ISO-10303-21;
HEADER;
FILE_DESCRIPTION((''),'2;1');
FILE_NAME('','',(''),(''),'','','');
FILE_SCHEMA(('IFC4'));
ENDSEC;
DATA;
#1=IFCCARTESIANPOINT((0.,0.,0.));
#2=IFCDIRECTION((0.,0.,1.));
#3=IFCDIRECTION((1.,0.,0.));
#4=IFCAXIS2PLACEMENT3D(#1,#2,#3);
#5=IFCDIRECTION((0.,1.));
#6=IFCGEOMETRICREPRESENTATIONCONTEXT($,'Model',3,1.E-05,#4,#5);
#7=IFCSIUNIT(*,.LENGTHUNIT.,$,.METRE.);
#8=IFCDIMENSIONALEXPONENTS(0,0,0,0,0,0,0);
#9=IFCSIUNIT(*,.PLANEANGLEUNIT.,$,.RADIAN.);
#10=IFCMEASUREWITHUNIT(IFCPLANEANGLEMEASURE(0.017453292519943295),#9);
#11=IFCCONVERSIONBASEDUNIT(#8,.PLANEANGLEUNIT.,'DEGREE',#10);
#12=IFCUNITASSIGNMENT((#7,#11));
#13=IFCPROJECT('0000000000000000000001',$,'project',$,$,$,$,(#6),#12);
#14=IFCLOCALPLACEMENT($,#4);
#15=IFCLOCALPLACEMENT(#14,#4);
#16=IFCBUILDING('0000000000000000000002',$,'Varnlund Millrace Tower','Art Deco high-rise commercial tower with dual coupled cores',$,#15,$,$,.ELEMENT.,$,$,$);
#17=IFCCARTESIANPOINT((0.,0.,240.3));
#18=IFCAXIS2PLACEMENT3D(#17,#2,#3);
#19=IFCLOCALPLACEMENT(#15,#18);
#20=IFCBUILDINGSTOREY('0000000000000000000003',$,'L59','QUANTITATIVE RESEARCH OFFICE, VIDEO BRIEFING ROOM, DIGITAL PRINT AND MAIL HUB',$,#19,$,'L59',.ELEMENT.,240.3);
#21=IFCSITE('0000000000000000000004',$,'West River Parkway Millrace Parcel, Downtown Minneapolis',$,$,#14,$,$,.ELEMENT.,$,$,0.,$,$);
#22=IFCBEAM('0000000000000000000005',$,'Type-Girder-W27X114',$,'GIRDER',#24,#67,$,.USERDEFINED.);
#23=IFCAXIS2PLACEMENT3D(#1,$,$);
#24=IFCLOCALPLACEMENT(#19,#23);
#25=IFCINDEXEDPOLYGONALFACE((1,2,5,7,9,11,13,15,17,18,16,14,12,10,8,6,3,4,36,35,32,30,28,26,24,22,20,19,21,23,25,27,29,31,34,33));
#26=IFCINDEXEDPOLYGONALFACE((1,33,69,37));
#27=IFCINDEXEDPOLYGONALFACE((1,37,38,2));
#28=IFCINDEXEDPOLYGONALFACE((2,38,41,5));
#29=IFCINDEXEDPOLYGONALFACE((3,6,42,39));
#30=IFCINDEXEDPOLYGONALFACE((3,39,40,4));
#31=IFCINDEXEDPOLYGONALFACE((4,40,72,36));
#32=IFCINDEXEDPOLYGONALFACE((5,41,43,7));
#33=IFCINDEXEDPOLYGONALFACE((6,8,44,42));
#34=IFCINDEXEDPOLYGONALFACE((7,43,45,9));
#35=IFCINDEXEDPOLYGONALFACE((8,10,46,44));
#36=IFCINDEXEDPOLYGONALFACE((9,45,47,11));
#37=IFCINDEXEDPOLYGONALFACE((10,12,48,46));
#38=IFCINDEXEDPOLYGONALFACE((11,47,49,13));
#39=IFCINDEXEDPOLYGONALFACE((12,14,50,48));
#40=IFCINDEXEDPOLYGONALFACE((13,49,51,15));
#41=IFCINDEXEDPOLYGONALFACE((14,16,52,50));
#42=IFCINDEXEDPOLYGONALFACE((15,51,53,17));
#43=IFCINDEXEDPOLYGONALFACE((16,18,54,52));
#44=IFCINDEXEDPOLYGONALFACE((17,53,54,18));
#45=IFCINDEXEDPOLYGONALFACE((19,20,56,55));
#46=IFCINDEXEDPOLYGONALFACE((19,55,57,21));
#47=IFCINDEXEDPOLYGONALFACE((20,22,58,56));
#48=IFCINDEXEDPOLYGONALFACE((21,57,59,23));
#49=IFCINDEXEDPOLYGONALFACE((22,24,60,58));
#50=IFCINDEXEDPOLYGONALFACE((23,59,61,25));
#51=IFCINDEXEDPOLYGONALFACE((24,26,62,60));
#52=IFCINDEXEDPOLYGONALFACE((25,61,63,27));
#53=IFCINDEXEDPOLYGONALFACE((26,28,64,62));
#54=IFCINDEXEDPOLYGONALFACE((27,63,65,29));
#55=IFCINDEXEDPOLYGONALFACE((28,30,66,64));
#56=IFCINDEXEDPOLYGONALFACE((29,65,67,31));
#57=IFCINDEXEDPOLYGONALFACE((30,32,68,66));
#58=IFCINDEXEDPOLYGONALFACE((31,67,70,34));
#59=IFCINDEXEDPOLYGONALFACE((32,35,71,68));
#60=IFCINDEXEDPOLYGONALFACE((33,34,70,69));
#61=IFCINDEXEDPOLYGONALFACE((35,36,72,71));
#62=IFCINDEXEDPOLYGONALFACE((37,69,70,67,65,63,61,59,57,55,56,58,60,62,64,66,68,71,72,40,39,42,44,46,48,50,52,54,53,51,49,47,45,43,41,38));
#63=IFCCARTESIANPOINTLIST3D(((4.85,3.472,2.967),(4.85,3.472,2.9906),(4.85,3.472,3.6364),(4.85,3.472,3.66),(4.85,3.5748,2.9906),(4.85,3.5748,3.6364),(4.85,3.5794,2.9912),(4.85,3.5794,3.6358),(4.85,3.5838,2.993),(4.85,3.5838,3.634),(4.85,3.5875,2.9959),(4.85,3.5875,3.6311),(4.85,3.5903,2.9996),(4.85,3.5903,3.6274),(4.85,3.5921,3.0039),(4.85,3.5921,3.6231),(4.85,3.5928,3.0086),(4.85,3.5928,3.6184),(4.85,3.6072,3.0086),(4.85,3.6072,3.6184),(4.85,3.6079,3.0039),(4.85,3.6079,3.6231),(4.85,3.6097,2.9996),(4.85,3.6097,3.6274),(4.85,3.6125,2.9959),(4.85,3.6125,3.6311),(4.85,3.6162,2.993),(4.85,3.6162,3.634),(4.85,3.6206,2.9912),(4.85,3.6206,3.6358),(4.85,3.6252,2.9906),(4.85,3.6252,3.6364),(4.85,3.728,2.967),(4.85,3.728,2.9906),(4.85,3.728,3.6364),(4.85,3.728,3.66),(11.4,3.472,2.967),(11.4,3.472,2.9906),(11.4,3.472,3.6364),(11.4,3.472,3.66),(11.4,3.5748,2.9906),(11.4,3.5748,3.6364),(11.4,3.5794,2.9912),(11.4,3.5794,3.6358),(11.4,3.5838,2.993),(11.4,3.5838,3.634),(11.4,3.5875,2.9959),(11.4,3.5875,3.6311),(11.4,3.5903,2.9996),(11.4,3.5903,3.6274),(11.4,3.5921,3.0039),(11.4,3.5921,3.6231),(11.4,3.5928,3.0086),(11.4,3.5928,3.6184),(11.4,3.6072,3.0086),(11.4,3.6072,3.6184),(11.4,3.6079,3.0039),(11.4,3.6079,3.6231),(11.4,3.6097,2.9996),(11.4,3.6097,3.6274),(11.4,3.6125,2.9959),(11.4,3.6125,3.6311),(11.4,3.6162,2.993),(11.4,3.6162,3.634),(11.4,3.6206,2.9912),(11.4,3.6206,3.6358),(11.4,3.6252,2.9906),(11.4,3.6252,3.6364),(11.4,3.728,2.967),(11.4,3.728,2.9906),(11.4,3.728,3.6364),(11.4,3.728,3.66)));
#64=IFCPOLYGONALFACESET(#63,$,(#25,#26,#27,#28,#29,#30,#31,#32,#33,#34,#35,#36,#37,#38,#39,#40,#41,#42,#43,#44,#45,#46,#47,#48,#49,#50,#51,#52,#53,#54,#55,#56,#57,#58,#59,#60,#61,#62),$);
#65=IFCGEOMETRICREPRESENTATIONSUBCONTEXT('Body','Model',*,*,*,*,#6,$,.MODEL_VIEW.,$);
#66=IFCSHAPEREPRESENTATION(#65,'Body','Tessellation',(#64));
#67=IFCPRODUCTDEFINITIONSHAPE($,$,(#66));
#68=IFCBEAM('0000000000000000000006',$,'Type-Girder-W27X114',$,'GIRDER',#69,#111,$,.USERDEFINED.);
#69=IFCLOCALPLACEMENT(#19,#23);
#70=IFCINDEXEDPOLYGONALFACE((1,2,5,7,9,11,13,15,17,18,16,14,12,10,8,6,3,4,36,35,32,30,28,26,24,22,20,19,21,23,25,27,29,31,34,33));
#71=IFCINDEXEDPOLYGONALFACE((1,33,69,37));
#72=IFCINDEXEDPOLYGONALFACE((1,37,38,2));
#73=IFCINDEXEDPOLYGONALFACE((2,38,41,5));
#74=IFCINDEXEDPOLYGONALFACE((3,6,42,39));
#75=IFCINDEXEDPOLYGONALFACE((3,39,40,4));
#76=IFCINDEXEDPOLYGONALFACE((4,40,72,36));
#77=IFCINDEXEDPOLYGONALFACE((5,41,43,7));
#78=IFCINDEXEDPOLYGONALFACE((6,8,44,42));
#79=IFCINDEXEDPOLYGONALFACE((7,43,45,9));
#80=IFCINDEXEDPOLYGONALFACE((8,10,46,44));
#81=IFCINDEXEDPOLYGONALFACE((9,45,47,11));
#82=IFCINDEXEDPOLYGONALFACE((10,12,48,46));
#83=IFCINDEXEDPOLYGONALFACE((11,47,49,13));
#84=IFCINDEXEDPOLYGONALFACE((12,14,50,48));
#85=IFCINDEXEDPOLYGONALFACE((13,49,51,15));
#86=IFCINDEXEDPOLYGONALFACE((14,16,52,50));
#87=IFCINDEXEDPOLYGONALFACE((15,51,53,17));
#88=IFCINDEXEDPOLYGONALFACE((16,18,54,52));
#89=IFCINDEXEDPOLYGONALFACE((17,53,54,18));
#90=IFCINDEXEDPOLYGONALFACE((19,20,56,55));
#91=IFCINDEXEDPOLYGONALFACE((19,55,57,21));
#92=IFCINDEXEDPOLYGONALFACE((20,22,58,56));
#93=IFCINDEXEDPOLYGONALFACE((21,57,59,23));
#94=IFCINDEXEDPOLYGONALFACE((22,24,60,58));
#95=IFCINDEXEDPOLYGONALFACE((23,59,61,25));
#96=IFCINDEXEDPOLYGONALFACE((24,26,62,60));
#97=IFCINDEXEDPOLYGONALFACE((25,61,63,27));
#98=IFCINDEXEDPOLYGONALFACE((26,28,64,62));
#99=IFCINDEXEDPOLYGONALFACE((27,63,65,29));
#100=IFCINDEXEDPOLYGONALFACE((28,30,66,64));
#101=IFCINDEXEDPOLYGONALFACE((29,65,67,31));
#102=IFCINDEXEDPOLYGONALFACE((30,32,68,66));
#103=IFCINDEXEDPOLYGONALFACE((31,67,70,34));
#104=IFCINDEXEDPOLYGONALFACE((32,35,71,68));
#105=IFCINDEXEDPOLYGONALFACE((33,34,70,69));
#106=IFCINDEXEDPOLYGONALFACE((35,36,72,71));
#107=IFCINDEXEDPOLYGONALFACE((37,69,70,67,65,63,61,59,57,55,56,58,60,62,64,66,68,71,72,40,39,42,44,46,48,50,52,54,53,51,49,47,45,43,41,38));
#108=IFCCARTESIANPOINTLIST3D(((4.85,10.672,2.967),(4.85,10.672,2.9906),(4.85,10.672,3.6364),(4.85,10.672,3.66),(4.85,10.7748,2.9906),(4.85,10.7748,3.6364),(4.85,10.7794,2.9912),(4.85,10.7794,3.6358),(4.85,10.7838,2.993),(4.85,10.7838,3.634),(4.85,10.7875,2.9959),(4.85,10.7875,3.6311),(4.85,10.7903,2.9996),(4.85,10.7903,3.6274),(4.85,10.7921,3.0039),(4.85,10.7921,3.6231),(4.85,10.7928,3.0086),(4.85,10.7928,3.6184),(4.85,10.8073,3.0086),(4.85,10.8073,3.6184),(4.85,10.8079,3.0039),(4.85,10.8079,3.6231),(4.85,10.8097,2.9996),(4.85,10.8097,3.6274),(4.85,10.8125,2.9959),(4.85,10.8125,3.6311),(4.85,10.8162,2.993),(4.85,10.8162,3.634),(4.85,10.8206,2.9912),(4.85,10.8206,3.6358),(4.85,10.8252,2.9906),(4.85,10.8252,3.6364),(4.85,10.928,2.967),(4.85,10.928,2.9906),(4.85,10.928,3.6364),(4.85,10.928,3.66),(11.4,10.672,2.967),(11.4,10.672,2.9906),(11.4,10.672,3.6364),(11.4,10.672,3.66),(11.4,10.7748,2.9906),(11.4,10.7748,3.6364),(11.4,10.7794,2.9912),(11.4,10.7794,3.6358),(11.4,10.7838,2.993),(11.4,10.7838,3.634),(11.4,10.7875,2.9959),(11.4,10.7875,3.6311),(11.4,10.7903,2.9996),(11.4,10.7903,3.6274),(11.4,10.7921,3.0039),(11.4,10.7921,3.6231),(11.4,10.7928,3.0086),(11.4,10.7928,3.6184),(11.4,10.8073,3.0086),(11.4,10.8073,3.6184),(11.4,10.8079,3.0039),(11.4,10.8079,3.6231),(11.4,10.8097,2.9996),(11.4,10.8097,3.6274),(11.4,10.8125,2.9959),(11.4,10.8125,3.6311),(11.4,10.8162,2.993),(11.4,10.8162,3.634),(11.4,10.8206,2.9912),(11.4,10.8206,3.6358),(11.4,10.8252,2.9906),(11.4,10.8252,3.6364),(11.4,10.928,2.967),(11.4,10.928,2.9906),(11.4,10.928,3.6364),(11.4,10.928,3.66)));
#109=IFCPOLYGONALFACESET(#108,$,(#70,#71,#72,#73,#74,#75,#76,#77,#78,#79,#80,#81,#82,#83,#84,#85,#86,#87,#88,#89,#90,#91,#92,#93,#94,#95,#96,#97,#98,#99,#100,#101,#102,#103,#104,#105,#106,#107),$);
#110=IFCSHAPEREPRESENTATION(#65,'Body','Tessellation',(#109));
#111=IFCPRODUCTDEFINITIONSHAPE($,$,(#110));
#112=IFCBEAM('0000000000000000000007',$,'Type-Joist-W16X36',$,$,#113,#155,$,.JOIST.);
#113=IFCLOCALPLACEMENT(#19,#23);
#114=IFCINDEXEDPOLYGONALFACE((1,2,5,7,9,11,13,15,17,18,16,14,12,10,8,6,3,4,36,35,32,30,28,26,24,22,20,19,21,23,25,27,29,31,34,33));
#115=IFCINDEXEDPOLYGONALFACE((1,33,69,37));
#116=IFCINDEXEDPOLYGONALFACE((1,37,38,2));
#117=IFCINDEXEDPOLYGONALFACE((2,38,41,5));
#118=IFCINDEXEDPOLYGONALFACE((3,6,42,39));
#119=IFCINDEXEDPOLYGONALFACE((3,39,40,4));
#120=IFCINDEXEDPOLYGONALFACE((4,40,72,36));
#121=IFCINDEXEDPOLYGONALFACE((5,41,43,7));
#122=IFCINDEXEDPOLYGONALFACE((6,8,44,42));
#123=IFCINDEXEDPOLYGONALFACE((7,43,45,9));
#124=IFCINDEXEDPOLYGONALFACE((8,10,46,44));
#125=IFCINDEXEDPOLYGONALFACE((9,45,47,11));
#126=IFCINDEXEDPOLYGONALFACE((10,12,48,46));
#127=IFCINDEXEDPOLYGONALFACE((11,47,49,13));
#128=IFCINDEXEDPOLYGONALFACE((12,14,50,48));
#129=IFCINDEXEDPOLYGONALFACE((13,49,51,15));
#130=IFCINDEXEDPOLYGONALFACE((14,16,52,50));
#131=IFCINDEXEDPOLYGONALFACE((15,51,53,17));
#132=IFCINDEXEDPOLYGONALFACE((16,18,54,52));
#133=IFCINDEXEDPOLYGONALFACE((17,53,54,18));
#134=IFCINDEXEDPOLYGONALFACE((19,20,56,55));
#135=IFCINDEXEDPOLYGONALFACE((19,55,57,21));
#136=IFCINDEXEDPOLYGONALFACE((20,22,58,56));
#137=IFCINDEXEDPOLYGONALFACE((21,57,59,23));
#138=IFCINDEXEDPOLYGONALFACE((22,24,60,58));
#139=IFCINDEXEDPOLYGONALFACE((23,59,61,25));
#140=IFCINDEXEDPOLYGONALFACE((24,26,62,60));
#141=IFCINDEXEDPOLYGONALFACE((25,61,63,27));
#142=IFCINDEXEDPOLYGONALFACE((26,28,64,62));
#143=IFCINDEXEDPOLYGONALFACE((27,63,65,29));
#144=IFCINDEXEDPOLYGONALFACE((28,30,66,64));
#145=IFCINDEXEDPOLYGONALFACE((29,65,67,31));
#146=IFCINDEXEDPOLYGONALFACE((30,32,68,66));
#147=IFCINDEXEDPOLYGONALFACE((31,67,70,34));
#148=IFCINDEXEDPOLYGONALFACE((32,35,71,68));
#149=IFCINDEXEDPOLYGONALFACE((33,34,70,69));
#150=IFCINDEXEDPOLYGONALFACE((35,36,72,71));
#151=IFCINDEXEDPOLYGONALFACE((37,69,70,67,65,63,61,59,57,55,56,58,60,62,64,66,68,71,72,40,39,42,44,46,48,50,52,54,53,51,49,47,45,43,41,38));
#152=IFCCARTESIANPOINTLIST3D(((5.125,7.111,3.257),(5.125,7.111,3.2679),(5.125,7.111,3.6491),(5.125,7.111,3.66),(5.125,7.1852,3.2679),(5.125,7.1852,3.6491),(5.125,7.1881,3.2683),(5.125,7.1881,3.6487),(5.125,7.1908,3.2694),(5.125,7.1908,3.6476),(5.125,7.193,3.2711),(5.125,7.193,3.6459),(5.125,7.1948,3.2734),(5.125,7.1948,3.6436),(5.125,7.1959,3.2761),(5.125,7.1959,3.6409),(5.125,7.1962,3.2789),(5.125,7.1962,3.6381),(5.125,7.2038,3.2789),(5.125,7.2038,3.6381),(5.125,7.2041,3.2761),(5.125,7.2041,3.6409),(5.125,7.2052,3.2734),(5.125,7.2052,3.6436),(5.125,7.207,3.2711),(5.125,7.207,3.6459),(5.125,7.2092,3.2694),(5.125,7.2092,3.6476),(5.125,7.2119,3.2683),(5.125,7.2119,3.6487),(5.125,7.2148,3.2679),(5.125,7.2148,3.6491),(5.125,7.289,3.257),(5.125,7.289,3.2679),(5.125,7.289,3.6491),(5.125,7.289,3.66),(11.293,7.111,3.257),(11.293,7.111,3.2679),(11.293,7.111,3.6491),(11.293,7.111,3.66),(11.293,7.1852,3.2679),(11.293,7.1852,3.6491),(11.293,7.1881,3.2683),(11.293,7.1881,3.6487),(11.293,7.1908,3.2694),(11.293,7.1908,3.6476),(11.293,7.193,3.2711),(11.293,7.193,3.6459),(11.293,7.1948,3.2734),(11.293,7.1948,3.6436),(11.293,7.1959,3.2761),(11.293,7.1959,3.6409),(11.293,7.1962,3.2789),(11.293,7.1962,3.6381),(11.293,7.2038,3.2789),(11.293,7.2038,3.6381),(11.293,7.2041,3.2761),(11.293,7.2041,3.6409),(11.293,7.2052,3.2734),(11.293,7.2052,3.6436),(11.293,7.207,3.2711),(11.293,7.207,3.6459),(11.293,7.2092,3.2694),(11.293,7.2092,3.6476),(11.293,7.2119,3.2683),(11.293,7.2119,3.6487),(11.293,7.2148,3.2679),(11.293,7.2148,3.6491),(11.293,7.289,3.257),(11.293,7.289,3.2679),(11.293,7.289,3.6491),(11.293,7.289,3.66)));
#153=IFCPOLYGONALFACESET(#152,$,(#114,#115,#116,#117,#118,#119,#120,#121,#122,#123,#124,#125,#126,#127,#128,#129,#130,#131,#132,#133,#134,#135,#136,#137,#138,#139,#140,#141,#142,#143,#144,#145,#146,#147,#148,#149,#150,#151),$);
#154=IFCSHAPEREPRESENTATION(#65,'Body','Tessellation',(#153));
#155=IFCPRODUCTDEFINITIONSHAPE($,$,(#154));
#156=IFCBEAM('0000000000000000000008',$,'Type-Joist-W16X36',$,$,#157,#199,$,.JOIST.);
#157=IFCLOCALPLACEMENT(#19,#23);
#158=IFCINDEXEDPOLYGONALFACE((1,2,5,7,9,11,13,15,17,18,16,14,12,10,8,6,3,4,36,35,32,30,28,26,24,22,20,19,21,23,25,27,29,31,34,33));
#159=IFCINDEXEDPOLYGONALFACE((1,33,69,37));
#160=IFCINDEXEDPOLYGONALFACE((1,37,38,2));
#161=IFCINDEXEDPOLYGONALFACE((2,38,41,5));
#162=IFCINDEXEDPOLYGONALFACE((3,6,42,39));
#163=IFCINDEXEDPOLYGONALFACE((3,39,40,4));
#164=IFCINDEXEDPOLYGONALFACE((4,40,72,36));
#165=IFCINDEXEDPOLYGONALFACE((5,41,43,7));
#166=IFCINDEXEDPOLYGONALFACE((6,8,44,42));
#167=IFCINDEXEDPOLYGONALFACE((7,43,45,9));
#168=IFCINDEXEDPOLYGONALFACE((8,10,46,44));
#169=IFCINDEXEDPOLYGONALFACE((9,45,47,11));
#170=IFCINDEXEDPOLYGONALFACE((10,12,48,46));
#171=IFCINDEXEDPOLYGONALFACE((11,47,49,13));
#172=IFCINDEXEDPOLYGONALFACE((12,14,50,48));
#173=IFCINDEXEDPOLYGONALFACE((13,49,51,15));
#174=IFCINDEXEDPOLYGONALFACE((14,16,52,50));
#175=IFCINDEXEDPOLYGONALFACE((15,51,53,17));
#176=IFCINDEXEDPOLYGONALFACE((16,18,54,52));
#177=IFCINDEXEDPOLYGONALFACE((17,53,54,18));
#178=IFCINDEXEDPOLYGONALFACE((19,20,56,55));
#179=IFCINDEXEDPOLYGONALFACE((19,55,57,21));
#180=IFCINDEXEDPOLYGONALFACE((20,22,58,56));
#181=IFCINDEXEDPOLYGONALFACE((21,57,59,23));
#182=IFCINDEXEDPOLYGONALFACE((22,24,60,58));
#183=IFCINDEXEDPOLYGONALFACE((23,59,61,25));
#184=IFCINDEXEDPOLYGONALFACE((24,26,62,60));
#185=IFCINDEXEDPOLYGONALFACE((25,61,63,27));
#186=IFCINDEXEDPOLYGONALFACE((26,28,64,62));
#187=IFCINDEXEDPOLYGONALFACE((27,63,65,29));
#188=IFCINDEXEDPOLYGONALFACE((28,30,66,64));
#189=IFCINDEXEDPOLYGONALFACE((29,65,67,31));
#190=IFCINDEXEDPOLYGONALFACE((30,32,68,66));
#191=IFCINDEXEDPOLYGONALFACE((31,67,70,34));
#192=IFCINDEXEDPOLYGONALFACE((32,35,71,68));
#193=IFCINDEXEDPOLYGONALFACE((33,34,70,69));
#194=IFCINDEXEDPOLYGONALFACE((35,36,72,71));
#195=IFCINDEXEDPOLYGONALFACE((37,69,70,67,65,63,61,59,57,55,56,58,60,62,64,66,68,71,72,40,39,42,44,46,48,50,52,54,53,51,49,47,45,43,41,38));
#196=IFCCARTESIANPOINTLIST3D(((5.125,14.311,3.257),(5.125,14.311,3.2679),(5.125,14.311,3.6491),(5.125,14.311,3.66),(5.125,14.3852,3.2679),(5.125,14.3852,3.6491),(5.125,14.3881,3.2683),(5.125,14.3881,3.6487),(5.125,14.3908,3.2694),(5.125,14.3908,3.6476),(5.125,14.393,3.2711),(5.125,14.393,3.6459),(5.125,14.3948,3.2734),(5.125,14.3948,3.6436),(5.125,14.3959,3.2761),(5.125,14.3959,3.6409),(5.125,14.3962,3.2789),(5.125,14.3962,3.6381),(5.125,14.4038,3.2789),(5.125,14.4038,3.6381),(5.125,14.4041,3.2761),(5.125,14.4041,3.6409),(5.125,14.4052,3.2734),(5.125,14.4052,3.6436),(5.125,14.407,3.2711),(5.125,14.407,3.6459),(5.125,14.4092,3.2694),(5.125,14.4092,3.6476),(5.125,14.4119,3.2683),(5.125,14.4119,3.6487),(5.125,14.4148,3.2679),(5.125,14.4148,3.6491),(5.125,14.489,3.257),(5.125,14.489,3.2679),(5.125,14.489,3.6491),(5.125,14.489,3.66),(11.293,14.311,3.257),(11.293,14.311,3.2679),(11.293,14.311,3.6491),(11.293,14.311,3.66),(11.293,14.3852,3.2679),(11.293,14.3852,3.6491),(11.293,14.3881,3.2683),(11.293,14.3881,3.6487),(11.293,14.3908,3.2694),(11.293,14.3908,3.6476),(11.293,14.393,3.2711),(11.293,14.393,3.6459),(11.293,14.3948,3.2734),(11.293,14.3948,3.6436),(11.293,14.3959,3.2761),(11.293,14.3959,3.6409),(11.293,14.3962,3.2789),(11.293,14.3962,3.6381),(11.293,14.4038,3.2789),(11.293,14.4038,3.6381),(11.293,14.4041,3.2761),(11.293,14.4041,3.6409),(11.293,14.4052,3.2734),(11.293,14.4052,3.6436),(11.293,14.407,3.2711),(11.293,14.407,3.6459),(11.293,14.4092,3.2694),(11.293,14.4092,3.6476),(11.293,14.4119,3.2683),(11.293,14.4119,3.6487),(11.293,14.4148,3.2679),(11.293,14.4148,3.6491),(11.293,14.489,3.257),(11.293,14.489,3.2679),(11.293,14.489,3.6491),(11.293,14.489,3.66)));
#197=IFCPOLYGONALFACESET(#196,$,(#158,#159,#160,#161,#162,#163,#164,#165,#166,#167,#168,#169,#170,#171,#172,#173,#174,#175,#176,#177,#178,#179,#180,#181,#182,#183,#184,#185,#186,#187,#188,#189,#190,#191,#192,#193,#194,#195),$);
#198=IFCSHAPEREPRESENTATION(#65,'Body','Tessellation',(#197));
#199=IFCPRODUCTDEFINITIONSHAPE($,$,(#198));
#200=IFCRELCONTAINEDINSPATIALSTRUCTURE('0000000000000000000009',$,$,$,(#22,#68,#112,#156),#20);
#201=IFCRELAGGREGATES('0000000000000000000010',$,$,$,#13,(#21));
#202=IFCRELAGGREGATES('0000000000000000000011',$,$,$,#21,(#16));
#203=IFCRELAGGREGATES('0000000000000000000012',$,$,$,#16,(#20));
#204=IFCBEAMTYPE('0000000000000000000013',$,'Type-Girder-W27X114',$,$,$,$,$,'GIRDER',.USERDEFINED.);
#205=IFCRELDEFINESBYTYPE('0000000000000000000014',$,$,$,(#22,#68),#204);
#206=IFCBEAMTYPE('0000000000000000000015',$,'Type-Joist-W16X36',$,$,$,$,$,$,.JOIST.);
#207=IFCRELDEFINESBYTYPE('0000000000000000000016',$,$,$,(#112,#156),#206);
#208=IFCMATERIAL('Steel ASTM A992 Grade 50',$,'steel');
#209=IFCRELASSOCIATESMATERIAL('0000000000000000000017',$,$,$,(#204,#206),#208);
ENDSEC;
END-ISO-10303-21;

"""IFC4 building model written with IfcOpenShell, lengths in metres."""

from ifc_helpers import new_model, entity, si_unit, converted_unit, direction, frame, origin_with_axes, origin_2d_with_axis, place, context, subcontext, project, spatial, i_section, extrude, material, material_profile, profile_set, type_object, element, save


model = new_model("IFC4")

# Units and contexts
model_context = context("Model", 3, precision=1e-05, world=origin_with_axes(), true_north=direction((0.0, 1.0)))
body_context = subcontext(model_context, "Body", "Model", "MODEL_VIEW")
ifc_project = project(units=[si_unit("LENGTHUNIT", "METRE"), converted_unit("PLANEANGLEUNIT", "DEGREE", entity("IfcPlaneAngleMeasure", 0.017453292519943295), si_unit("PLANEANGLEUNIT", "RADIAN"), dimensions=[0, 0, 0, 0, 0, 0, 0])], contexts=[model_context])

# Site, building, storey
site_placement = place(None, origin_with_axes())
site = spatial("IfcSite", under=ifc_project, at=site_placement, Name="West River Parkway Millrace Parcel, Downtown Minneapolis", CompositionType="ELEMENT", RefElevation=0.0)
building_placement = place(site_placement, origin_with_axes())
building = spatial("IfcBuilding", under=site, at=building_placement, Name="Varnlund Millrace Tower", Description="Art Deco high-rise commercial tower with dual coupled cores", CompositionType="ELEMENT")
storey_placement = place(building_placement, frame((0.0, 0.0, 240.3), z_axis=(0.0, 0.0, 1.0), x_axis=(1.0, 0.0, 0.0)))
storey = spatial("IfcBuildingStorey", under=building, at=storey_placement, Name="L59", Description="QUANTITATIVE RESEARCH OFFICE, VIDEO BRIEFING ROOM, DIGITAL PRINT AND MAIL HUB", LongName="L59", CompositionType="ELEMENT", Elevation=240.3)

# Beams
ifc_material_1 = material(Name="Steel ASTM A992 Grade 50", Category="steel")
ifc_material_profile_1 = material_profile(ifc_material_1, i_section(OverallWidth=0.256, OverallDepth=0.693, WebThickness=0.0145, FlangeThickness=0.0236, FilletRadius=0.018, at=origin_2d_with_axis()), Name="Steel ASTM A992 Grade 50")
ifc_profile_set_1 = profile_set([ifc_material_profile_1], Name="Steel ASTM A992 Grade 50")
beam_type_1 = type_object("IfcBeamType", Name="Type-Girder-W27X114", ElementType="GIRDER", PredefinedType="USERDEFINED", material=ifc_profile_set_1)
for number, where, z_axis, x_axis, name in (
    (1, (4.85, 3.6, 3.3135), (1.0, 0.0, 0.0), (0.0, 1.0, 0.0), "Type-Girder-W27X114"),
    (2, (4.85, 10.8, 3.3135), (1.0, 0.0, 0.0), (0.0, 1.0, 0.0), "Type-Girder-W27X114"),
):
    element("IfcBeam", number, at=place(storey_placement, frame(where, z_axis=z_axis, x_axis=x_axis)), inside=storey, type_object=beam_type_1, Name=name, ObjectType="GIRDER", PredefinedType="USERDEFINED", context=body_context, shape_type="SweptSolid", body=[
        extrude(i_section(OverallWidth=0.256, OverallDepth=0.693, WebThickness=0.0145, FlangeThickness=0.0236, FilletRadius=0.018, at=origin_2d_with_axis()), origin_with_axes(), (0.0, 0.0, 1.0), 6.55),
    ])
ifc_material_profile_2 = material_profile(ifc_material_1, i_section(OverallWidth=0.178, OverallDepth=0.403, WebThickness=0.0075, FlangeThickness=0.0109, FilletRadius=0.011, at=origin_2d_with_axis()), Name="Steel ASTM A992 Grade 50")
ifc_profile_set_2 = profile_set([ifc_material_profile_2], Name="Steel ASTM A992 Grade 50")
beam_type_2 = type_object("IfcBeamType", Name="Type-Joist-W16X36", PredefinedType="JOIST", material=ifc_profile_set_2)
for number, where, z_axis, x_axis, name in (
    (3, (5.125, 7.2, 3.4585), (1.0, 0.0, 0.0), (0.0, 1.0, 0.0), "Type-Joist-W16X36"),
    (4, (5.125, 14.4, 3.4585), (1.0, 0.0, 0.0), (0.0, 1.0, 0.0), "Type-Joist-W16X36"),
):
    element("IfcBeam", number, at=place(storey_placement, frame(where, z_axis=z_axis, x_axis=x_axis)), inside=storey, type_object=beam_type_2, Name=name, PredefinedType="JOIST", context=body_context, shape_type="SweptSolid", body=[
        extrude(i_section(OverallWidth=0.178, OverallDepth=0.403, WebThickness=0.0075, FlangeThickness=0.0109, FilletRadius=0.011, at=origin_2d_with_axis()), origin_with_axes(), (0.0, 0.0, 1.0), 6.168),
    ])

save(model, "model.ifc")
